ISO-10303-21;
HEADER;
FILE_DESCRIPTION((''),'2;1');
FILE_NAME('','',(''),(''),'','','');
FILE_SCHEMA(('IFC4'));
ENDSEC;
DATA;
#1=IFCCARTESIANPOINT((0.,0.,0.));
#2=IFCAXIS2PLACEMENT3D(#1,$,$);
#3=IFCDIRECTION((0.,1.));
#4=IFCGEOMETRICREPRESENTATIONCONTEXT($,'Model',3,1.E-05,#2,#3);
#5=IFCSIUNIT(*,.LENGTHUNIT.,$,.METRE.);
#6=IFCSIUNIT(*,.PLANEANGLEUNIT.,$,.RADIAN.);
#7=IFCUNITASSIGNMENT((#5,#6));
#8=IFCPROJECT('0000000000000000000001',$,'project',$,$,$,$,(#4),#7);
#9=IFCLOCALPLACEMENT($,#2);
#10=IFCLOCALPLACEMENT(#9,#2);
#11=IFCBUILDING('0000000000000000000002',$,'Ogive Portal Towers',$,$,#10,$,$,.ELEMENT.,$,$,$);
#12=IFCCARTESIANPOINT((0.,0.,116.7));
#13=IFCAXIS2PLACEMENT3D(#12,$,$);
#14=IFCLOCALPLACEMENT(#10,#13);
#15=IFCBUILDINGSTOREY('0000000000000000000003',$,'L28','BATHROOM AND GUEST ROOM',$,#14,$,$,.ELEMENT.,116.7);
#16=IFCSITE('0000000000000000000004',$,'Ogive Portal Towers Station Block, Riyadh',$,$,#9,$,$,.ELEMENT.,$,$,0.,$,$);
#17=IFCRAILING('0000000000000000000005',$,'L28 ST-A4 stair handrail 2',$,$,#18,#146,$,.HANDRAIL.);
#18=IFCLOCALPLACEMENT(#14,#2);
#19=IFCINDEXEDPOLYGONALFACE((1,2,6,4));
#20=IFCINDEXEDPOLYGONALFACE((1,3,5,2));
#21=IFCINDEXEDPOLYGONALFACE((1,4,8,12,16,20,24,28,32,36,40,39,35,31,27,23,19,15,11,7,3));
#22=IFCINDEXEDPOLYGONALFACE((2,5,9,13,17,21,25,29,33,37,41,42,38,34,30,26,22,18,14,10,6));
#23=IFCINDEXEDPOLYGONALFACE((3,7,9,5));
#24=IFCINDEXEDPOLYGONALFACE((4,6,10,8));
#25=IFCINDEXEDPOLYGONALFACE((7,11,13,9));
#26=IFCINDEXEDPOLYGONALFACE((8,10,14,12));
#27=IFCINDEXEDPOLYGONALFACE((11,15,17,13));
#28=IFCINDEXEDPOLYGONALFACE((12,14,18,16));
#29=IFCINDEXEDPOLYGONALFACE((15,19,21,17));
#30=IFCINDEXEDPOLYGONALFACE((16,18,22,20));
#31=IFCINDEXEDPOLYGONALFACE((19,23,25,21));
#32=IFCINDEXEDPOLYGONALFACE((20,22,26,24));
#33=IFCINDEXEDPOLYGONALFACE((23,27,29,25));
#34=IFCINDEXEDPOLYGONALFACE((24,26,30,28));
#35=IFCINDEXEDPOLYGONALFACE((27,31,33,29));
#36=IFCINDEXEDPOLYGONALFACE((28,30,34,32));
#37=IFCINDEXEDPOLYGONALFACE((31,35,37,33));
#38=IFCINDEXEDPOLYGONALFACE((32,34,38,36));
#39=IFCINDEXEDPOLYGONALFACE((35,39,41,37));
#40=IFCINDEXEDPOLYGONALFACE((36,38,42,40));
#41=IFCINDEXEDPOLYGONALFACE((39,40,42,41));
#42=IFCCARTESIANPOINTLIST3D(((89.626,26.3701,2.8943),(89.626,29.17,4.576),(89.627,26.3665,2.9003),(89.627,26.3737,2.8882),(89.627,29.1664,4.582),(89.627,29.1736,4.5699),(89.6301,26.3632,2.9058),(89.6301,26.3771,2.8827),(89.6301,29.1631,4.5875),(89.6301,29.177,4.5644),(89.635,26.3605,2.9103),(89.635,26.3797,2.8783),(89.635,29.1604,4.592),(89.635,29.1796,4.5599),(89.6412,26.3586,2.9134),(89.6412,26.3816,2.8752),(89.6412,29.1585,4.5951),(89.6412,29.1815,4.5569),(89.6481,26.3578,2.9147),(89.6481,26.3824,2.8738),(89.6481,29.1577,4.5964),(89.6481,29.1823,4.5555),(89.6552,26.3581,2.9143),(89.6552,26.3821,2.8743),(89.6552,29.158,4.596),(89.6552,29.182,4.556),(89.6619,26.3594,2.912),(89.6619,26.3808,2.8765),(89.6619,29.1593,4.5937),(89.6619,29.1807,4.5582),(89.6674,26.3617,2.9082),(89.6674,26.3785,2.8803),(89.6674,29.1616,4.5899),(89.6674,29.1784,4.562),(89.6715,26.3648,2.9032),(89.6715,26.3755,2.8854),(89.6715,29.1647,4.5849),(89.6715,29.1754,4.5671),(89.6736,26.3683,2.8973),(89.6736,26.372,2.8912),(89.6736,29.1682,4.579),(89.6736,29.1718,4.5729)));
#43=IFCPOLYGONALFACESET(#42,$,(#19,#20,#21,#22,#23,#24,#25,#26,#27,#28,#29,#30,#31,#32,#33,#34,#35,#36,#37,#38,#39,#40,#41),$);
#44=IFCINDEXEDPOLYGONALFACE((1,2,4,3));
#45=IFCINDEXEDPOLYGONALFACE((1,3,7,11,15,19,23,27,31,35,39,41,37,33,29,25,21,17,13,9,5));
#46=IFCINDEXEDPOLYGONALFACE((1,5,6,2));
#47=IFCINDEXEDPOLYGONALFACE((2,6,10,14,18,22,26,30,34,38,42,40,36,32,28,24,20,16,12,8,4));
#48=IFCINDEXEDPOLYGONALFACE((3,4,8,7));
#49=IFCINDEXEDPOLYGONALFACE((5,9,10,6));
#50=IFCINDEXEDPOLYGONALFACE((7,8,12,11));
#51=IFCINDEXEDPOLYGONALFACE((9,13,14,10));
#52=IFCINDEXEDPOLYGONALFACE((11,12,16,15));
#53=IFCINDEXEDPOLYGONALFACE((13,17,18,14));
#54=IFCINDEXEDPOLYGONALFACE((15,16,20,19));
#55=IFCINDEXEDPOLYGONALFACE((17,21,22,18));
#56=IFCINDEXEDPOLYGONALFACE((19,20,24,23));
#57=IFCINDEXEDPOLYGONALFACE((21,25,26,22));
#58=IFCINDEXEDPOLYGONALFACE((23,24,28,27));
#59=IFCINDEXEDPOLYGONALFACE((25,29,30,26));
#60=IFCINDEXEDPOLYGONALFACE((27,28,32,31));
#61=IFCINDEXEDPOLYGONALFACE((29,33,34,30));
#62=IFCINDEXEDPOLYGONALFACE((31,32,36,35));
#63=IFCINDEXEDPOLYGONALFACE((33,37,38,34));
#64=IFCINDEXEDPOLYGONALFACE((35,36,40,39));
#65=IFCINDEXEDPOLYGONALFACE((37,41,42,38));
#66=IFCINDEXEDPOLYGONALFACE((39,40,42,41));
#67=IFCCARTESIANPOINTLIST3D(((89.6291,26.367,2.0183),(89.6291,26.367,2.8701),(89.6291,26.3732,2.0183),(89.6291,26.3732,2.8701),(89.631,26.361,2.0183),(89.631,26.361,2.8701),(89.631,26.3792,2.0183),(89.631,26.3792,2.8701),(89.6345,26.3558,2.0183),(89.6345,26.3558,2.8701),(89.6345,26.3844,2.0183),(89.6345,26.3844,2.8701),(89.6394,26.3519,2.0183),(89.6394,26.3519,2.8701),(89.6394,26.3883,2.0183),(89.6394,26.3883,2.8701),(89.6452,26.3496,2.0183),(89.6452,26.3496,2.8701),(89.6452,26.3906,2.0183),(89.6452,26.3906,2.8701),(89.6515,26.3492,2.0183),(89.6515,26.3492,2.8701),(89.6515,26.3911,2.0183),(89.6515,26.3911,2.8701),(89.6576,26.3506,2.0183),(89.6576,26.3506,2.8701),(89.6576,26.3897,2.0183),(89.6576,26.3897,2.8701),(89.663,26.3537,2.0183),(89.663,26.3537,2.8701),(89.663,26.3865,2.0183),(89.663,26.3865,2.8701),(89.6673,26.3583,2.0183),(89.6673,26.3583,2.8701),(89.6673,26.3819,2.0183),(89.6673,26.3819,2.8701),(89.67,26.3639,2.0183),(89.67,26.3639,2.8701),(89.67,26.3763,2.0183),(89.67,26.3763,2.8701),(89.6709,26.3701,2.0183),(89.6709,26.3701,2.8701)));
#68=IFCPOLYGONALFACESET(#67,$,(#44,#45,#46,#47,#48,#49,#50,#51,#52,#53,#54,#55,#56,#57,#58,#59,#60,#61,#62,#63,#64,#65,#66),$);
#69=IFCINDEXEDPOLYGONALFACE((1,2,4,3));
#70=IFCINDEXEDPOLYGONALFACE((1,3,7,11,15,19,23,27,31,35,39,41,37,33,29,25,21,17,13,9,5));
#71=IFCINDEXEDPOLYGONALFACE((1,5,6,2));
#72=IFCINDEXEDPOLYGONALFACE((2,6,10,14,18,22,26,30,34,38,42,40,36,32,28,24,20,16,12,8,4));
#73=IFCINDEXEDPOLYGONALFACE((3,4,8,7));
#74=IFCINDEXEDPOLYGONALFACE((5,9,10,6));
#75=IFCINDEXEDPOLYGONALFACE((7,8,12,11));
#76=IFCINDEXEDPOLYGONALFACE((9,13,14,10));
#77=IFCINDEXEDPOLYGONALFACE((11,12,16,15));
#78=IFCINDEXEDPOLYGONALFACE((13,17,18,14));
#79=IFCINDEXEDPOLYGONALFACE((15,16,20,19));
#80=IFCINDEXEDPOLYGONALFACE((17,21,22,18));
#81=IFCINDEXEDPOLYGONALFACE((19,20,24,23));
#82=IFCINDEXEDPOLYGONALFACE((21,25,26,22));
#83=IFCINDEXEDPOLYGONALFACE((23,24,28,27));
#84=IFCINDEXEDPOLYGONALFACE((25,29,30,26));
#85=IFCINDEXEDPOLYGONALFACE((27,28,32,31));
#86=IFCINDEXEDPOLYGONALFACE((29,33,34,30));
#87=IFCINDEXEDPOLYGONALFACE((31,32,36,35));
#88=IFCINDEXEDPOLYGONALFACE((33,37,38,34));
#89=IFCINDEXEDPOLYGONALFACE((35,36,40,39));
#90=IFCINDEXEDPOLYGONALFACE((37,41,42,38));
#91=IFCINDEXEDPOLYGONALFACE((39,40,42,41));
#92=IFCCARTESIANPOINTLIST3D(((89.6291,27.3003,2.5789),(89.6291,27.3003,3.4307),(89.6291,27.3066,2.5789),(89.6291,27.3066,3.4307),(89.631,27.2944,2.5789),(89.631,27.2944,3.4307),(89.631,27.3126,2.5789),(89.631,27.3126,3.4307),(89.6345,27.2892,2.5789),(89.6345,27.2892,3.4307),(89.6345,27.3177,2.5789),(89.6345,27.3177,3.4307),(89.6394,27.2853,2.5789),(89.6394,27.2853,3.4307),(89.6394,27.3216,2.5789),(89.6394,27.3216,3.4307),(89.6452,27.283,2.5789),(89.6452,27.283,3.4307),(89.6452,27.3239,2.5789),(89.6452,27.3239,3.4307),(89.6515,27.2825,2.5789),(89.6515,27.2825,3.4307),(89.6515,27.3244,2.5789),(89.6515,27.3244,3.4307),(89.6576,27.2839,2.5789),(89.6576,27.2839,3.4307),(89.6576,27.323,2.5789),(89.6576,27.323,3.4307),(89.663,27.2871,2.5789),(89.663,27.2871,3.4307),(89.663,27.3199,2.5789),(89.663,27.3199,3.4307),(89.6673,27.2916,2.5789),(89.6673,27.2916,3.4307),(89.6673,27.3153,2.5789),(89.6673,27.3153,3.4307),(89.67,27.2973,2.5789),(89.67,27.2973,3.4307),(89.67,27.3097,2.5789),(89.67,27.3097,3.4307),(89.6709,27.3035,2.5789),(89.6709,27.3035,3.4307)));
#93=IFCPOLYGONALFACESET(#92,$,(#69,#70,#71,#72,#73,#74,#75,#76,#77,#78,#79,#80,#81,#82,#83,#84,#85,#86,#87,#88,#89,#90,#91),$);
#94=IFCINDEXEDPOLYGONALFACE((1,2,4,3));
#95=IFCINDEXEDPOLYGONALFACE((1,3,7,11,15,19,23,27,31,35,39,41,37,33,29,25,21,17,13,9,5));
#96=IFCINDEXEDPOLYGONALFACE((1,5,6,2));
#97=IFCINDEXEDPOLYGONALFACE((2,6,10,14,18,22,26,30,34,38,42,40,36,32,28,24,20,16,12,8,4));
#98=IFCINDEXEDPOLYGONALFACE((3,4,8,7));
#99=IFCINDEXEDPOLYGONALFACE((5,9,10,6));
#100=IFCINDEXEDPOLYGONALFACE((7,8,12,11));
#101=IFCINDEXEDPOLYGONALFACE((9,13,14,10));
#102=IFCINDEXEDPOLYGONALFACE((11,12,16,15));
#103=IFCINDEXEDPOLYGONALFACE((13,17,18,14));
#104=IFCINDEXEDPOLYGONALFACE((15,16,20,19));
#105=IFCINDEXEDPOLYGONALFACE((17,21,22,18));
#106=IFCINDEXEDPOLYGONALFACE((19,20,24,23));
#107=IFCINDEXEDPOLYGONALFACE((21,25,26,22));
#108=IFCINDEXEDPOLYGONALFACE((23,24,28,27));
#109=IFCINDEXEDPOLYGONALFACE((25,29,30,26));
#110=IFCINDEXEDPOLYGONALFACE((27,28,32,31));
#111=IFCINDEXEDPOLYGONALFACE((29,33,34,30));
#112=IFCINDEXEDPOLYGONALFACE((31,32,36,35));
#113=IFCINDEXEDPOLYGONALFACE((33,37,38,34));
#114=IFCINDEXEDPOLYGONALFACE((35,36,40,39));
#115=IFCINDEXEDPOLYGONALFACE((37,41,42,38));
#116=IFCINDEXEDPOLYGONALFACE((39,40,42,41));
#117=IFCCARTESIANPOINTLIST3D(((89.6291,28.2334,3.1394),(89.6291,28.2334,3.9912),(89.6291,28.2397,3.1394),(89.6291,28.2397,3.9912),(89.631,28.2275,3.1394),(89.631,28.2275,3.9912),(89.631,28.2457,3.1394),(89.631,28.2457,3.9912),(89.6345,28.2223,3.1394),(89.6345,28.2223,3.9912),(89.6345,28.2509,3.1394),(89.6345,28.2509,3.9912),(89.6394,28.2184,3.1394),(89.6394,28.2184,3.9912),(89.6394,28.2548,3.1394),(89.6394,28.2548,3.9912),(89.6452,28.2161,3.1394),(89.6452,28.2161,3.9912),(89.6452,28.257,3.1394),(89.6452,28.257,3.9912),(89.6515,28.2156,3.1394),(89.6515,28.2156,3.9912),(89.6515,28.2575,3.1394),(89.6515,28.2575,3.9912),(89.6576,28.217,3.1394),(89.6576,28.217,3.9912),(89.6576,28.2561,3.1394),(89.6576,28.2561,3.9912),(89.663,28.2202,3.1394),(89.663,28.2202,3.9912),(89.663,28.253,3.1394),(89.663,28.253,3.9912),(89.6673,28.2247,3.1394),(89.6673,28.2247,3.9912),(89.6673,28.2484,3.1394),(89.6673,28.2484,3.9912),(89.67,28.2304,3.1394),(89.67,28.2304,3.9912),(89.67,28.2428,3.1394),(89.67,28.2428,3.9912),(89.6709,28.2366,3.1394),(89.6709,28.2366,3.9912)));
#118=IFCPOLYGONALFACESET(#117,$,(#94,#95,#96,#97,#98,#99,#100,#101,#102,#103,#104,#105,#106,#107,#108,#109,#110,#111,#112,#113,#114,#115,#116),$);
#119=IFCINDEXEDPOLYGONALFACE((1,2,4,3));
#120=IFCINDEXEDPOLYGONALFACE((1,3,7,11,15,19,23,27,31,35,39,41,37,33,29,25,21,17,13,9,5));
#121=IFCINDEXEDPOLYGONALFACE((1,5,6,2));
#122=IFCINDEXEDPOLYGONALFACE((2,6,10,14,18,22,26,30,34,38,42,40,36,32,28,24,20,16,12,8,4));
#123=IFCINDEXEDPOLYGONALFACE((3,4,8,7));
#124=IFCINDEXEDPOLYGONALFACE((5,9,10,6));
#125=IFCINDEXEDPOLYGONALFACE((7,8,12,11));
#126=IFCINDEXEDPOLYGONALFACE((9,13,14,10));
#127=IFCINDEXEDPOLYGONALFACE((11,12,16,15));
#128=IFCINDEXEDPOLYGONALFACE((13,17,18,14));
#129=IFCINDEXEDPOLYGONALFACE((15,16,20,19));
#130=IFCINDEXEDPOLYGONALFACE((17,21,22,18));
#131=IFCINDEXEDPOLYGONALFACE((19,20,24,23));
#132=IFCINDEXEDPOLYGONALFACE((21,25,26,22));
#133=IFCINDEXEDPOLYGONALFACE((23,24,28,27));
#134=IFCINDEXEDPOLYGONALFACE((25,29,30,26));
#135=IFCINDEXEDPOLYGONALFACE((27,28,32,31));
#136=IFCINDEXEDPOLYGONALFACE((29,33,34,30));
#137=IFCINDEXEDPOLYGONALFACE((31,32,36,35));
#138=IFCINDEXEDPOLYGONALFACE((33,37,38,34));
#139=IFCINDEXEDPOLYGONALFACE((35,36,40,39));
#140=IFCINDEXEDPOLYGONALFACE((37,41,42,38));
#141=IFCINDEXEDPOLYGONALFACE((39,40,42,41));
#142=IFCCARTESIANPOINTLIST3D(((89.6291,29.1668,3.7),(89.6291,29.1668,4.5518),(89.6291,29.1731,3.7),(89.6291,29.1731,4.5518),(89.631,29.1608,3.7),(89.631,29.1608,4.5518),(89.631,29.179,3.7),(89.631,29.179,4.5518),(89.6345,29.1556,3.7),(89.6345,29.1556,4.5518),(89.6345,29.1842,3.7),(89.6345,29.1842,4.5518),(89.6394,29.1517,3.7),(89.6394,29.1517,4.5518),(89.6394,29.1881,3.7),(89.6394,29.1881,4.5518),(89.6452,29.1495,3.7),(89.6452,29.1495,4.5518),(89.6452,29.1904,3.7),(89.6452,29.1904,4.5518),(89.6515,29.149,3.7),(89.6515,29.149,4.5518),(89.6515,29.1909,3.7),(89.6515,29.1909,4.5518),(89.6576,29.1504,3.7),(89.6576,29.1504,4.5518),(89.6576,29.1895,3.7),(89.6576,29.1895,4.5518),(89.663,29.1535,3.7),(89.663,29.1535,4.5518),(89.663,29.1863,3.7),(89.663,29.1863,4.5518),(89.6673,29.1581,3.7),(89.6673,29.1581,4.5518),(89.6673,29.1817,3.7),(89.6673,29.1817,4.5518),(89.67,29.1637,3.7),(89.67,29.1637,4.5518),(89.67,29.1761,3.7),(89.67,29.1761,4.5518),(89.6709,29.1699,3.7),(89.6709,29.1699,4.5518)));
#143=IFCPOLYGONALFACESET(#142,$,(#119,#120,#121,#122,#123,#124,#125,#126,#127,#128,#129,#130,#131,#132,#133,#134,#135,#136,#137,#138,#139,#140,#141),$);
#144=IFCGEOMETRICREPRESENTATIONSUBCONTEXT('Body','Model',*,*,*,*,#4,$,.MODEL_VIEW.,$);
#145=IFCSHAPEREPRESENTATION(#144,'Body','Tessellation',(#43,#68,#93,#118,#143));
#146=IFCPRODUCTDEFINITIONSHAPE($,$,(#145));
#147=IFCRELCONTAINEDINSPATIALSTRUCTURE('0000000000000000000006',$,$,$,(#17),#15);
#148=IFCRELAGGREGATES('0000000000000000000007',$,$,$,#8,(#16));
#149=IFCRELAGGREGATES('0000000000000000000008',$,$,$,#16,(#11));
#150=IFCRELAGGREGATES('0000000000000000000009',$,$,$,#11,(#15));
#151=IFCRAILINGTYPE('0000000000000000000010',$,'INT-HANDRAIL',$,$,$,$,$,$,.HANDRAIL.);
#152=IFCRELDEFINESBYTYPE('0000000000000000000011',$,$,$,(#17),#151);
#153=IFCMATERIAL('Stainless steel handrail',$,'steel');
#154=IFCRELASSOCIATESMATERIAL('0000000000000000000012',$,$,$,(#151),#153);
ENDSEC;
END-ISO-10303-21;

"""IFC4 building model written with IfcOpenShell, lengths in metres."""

from ifc_helpers import new_model, si_unit, direction, frame, origin, origin_2d, place, context, subcontext, project, spatial, circle, extrude, material, type_object, element, save


model = new_model("IFC4")

# Units and contexts
model_context = context("Model", 3, precision=1e-05, world=origin(), true_north=direction((0.0, 1.0)))
body_context = subcontext(model_context, "Body", "Model", "MODEL_VIEW")
ifc_project = project(units=[si_unit("LENGTHUNIT", "METRE"), si_unit("PLANEANGLEUNIT", "RADIAN")], contexts=[model_context])

# Site, building, storey
site_placement = place(None, origin())
site = spatial("IfcSite", under=ifc_project, at=site_placement, Name="Ogive Portal Towers Station Block, Riyadh", CompositionType="ELEMENT", RefElevation=0.0)
building_placement = place(site_placement, origin())
building = spatial("IfcBuilding", under=site, at=building_placement, Name="Ogive Portal Towers", CompositionType="ELEMENT")
storey_placement = place(building_placement, frame((0.0, 0.0, 116.7)))
storey = spatial("IfcBuildingStorey", under=building, at=storey_placement, Name="L28", Description="BATHROOM AND GUEST ROOM", CompositionType="ELEMENT", Elevation=116.7)

# Railing
ifc_material_1 = material(Name="Stainless steel handrail", Category="steel")
railing_type_1 = type_object("IfcRailingType", Name="INT-HANDRAIL", PredefinedType="HANDRAIL", material=ifc_material_1)
railing_1_placement = place(storey_placement, frame((89.6499, 26.3701, 2.0183)))
element("IfcRailing", 1, at=railing_1_placement, inside=storey, type_object=railing_type_1, Name="L28 ST-A4 stair handrail 2", PredefinedType="HANDRAIL", context=body_context, shape_type="SweptSolid", body=[
    extrude(circle(Radius=0.0239, at=origin_2d()), frame((0.0, 0.0, 0.876), z_axis=(0.0, 0.857255, 0.514891), x_axis=(-1.0, 0.0, 0.0)), (0.0, 0.0, 1.0), 3.2661),
    extrude(circle(Radius=0.021, at=origin_2d()), origin(), (0.0, 0.0, 1.0), 0.8518),
    extrude(circle(Radius=0.021, at=origin_2d()), frame((0.0, 0.9333, 0.5605)), (0.0, 0.0, 1.0), 0.8518),
    extrude(circle(Radius=0.021, at=origin_2d()), frame((0.0, 1.8665, 1.1211)), (0.0, 0.0, 1.0), 0.8518),
    extrude(circle(Radius=0.021, at=origin_2d()), frame((0.0, 2.7998, 1.6816)), (0.0, 0.0, 1.0), 0.8518),
])

save(model, "model.ifc")
